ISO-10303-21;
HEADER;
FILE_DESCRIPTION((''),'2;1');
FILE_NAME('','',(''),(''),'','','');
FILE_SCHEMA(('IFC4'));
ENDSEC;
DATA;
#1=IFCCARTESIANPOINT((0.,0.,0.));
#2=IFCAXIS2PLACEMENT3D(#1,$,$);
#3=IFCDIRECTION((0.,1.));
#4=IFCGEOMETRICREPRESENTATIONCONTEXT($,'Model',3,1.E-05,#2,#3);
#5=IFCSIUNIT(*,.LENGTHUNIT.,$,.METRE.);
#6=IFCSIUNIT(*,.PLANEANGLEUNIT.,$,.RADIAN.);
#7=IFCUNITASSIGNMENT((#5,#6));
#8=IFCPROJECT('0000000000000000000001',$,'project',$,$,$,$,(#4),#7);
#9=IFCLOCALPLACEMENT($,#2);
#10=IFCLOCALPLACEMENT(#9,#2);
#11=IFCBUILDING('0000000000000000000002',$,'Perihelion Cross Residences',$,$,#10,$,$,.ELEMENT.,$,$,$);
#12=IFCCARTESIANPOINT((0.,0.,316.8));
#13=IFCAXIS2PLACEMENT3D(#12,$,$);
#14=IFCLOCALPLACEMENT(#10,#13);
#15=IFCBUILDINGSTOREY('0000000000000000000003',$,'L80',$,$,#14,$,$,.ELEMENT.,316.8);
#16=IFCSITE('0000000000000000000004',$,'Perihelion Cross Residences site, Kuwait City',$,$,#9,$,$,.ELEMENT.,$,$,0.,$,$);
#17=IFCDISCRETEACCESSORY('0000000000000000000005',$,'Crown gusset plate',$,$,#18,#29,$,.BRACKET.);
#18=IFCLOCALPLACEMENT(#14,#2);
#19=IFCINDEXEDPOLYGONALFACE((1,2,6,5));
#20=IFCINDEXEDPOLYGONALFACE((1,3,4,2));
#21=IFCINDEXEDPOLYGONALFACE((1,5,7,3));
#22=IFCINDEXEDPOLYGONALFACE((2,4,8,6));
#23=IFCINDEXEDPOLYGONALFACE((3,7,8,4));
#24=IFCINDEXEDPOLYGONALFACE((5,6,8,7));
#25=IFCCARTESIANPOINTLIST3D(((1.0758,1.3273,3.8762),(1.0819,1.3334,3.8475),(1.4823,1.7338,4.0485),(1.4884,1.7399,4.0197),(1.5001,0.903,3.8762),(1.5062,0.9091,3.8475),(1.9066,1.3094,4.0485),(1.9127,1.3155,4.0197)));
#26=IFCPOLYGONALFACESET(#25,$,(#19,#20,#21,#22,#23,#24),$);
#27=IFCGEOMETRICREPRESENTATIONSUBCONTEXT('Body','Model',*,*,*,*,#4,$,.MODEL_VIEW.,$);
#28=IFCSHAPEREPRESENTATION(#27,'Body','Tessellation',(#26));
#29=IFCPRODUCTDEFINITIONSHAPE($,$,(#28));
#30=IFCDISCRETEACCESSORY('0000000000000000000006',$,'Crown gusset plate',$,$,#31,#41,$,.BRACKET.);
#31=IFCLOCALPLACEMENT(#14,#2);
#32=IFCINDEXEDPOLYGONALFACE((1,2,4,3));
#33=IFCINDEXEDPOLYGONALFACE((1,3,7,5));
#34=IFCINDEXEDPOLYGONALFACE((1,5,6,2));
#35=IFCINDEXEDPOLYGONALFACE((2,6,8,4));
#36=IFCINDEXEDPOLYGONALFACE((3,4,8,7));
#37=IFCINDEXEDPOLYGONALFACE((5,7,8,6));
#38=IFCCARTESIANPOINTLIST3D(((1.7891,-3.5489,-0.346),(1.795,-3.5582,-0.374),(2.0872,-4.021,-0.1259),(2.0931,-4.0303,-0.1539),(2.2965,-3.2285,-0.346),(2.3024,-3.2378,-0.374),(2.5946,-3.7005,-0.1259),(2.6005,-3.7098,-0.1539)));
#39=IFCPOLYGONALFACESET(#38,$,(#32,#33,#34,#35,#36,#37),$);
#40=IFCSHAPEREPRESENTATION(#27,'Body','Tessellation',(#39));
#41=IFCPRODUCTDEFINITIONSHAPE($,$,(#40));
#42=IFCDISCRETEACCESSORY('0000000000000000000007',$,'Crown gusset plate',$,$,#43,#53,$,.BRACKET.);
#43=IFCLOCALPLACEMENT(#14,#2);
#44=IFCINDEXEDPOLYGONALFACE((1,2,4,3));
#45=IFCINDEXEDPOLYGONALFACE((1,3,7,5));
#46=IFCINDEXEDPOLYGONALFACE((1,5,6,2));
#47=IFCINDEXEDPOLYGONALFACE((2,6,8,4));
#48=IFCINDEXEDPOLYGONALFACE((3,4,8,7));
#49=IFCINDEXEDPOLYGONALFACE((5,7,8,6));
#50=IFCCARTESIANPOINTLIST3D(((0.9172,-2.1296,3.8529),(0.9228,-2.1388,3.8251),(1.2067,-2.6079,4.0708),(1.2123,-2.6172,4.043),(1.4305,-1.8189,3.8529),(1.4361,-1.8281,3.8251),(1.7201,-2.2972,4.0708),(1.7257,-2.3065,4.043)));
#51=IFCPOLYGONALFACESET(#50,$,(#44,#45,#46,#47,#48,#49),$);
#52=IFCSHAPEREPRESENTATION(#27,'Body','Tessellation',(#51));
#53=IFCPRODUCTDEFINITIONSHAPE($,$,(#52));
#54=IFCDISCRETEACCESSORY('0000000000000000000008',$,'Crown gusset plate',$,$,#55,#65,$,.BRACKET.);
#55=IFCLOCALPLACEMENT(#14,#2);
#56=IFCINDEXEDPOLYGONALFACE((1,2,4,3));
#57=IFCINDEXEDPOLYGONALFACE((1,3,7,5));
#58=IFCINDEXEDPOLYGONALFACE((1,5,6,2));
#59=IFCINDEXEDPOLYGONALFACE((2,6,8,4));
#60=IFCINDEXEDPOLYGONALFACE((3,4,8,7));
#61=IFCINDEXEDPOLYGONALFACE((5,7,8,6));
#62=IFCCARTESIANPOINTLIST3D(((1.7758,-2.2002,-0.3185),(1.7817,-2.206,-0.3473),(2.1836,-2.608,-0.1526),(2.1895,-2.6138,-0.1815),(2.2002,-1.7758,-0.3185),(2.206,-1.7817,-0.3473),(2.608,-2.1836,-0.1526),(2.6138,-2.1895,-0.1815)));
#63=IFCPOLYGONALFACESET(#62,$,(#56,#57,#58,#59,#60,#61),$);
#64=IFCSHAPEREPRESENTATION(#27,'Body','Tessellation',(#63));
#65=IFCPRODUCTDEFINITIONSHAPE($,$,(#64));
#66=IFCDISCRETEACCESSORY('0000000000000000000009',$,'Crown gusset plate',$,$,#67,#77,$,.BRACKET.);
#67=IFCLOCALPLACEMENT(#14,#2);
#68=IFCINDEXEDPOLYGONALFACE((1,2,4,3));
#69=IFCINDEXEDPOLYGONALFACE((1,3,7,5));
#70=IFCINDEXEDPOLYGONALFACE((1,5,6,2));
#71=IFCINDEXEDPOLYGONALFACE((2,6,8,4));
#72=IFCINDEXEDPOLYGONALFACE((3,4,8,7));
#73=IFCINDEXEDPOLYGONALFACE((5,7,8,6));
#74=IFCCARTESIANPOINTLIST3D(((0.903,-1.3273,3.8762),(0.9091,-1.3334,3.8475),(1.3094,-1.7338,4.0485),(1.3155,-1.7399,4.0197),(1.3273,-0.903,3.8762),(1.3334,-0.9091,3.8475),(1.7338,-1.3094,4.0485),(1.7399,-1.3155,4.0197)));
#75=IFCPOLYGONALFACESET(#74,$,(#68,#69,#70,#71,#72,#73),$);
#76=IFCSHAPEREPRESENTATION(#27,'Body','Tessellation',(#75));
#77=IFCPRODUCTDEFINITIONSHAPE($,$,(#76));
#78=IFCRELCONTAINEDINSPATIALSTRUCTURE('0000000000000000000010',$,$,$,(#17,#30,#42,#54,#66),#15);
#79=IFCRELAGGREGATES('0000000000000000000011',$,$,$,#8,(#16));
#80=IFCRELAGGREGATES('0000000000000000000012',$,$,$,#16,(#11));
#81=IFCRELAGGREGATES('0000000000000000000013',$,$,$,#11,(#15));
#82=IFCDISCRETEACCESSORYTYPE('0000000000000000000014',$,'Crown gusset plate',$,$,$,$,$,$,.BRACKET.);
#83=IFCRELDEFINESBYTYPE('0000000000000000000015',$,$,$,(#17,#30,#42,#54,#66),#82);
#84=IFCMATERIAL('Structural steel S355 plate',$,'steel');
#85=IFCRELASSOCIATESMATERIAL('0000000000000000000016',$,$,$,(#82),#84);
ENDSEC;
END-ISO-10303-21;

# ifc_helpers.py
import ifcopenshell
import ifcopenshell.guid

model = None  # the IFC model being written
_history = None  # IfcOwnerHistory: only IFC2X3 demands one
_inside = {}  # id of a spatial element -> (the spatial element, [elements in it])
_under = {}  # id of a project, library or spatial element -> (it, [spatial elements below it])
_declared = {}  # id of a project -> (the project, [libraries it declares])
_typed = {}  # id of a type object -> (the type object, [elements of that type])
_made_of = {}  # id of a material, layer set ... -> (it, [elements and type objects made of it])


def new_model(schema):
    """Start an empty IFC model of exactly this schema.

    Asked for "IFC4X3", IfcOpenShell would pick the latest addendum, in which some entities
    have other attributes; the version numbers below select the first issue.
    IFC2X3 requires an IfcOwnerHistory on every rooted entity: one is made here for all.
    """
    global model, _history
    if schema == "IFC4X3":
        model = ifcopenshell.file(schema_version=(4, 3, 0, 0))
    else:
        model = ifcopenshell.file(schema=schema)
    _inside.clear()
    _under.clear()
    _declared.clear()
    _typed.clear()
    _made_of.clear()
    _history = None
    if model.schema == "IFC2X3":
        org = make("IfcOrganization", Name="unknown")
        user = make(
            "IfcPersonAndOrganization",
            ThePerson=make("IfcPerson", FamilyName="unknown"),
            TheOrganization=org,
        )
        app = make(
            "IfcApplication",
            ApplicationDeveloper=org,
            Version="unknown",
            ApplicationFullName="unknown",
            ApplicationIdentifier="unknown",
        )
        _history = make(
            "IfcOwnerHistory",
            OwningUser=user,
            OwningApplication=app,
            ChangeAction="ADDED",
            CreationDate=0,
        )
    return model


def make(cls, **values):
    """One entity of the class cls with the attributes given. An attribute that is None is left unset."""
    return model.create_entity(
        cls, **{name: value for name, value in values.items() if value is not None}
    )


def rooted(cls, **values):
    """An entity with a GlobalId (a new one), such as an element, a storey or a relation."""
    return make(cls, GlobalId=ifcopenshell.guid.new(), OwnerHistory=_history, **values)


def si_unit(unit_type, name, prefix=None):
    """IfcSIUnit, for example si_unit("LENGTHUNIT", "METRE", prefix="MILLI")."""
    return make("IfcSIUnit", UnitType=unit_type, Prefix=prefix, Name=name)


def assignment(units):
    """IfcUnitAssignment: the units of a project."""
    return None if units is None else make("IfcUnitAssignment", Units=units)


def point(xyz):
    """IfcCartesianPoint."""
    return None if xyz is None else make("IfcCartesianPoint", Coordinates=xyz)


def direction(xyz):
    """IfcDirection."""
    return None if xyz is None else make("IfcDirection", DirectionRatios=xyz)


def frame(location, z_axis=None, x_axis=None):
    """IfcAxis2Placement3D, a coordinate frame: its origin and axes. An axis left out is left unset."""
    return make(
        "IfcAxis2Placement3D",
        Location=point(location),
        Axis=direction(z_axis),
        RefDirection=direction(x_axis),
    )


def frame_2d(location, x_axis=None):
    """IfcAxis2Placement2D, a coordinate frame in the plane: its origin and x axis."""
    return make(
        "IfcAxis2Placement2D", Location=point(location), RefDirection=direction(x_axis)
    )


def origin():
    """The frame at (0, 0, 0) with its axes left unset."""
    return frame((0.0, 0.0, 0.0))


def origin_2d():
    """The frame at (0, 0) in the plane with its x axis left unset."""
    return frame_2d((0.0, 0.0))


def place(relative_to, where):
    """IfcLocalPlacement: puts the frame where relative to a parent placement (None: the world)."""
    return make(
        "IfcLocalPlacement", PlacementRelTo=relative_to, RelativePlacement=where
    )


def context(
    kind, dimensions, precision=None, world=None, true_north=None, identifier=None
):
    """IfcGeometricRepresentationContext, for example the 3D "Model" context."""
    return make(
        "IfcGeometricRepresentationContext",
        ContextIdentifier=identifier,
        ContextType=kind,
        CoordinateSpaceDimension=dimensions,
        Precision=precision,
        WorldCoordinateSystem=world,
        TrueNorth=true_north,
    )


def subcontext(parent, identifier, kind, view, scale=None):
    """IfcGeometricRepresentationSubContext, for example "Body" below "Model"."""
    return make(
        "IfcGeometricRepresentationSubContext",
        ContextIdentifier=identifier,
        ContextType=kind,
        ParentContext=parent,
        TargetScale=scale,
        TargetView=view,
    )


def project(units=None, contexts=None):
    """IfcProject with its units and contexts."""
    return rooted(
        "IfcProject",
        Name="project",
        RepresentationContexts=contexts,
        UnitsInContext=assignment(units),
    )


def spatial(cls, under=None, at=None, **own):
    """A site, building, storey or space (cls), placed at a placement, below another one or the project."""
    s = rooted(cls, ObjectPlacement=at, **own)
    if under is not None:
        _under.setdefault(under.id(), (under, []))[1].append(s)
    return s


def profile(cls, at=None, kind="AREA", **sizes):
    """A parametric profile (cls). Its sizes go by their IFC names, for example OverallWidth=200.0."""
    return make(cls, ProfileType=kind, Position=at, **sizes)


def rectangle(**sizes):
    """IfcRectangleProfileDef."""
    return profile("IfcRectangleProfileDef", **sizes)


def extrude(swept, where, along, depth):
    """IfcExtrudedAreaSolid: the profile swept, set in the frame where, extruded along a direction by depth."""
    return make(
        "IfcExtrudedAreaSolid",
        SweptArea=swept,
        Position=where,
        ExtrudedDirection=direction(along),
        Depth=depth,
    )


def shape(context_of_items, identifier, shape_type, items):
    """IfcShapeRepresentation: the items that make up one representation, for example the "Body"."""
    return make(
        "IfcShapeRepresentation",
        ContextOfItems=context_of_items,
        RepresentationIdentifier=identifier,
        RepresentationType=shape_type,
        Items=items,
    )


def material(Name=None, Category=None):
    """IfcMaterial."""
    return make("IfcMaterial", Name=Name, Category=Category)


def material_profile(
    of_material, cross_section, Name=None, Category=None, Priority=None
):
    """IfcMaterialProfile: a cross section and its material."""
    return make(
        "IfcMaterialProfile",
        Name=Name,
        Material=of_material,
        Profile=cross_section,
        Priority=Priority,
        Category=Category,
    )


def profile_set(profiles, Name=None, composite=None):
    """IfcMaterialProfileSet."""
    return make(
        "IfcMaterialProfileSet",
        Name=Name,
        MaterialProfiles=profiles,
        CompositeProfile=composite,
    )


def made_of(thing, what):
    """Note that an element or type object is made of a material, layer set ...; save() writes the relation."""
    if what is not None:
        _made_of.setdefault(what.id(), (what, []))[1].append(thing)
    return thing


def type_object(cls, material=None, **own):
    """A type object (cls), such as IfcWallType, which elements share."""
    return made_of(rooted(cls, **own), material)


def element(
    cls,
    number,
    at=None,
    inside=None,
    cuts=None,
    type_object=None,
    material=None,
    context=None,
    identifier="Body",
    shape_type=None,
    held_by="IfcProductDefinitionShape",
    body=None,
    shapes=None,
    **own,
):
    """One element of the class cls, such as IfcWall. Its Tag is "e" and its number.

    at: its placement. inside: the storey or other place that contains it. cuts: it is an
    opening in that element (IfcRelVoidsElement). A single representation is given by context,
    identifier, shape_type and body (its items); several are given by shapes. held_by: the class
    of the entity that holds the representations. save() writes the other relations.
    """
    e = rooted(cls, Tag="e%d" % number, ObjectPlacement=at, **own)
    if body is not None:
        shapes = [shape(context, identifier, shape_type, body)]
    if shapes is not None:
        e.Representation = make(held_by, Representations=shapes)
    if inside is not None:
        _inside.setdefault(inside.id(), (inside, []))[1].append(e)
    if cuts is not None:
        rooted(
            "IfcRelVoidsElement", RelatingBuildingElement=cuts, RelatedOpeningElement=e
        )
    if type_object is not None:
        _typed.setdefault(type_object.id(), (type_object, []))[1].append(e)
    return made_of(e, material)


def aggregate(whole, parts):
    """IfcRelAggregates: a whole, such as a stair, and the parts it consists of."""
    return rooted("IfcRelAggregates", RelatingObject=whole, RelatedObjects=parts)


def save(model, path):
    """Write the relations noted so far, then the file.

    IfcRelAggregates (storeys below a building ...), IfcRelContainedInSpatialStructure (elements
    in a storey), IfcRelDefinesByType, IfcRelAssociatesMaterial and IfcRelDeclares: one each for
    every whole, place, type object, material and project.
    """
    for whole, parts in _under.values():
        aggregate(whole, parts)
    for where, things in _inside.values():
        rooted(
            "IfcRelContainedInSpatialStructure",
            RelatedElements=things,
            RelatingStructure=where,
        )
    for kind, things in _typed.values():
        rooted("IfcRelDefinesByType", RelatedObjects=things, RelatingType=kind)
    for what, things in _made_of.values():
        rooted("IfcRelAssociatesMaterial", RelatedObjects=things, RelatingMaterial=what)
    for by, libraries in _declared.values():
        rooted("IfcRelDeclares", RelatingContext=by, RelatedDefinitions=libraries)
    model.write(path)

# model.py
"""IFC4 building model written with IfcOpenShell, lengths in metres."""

from ifc_helpers import new_model, si_unit, direction, frame, origin, origin_2d, place, context, subcontext, project, spatial, rectangle, extrude, material, material_profile, profile_set, type_object, element, save


model = new_model("IFC4")

# Units and contexts
model_context = context("Model", 3, precision=1e-05, world=origin(), true_north=direction((0.0, 1.0)))
body_context = subcontext(model_context, "Body", "Model", "MODEL_VIEW")
ifc_project = project(units=[si_unit("LENGTHUNIT", "METRE"), si_unit("PLANEANGLEUNIT", "RADIAN")], contexts=[model_context])

# Site, building, storey
site_placement = place(None, origin())
site = spatial("IfcSite", under=ifc_project, at=site_placement, Name="Perihelion Cross Residences site, Kuwait City", CompositionType="ELEMENT", RefElevation=0.0)
building_placement = place(site_placement, origin())
building = spatial("IfcBuilding", under=site, at=building_placement, Name="Perihelion Cross Residences", CompositionType="ELEMENT")
storey_placement = place(building_placement, frame((0.0, 0.0, 316.8)))
storey = spatial("IfcBuildingStorey", under=building, at=storey_placement, Name="L80", CompositionType="ELEMENT", Elevation=316.8)

# Discrete accessories
ifc_material_1 = material(Name="Structural steel S355 plate", Category="steel")
ifc_material_profile_1 = material_profile(ifc_material_1, rectangle(XDim=0.6001, YDim=0.6001, at=origin_2d()), Name="Crown gusset plate")
ifc_profile_set_1 = profile_set([ifc_material_profile_1], Name="Structural steel S355 plate")
discrete_accessory_type_1 = type_object("IfcDiscreteAccessoryType", Name="Crown gusset plate", PredefinedType="BRACKET", material=ifc_profile_set_1)
for number, where, z_axis, x_axis, name in (
    (1, (1.4973, 1.3245, 3.9336), (-0.20295, -0.20295, 0.957926), (0.707107, -0.707107, 0.0), "Crown gusset plate"),
    (2, (2.1978, -3.634, -0.2639), (-0.195855, 0.310103, 0.93031), (-0.845489, -0.533993, 0.0), "Crown gusset plate"),
):
    element("IfcDiscreteAccessory", number, at=place(storey_placement, frame(where, z_axis=z_axis, x_axis=x_axis)), inside=storey, type_object=discrete_accessory_type_1, Name=name, PredefinedType="BRACKET", context=body_context, shape_type="SweptSolid", body=[
        extrude(rectangle(XDim=0.6001, YDim=0.6001, at=origin_2d()), origin(), (0.0, 0.0, 1.0), 0.03),
    ])
discrete_accessory_1_placement = place(storey_placement, frame((1.3242, -2.2227, 3.9341), z_axis=(-0.187989, 0.31059, 0.931769), x_axis=(-0.8555, -0.517803, 0.0)))
element("IfcDiscreteAccessory", 3, at=discrete_accessory_1_placement, inside=storey, type_object=discrete_accessory_type_1, Name="Crown gusset plate", PredefinedType="BRACKET", context=body_context, shape_type="SweptSolid", body=[
    extrude(rectangle(XDim=0.6001, YDim=0.6001, at=origin_2d()), origin(), (0.0, 0.0, 1.0), 0.0298),
])
for number, where, z_axis, x_axis, name in (
    (4, (2.1978, -2.1978, -0.2644), (-0.195465, 0.195465, 0.961034), (-0.707107, -0.707107, 0.0), "Crown gusset plate"),
    (5, (1.3245, -1.3245, 3.9336), (-0.20295, 0.20295, 0.957926), (-0.707107, -0.707107, 0.0), "Crown gusset plate"),
):
    element("IfcDiscreteAccessory", number, at=place(storey_placement, frame(where, z_axis=z_axis, x_axis=x_axis)), inside=storey, type_object=discrete_accessory_type_1, Name=name, PredefinedType="BRACKET", context=body_context, shape_type="SweptSolid", body=[
        extrude(rectangle(XDim=0.6001, YDim=0.6001, at=origin_2d()), origin(), (0.0, 0.0, 1.0), 0.03),
    ])

save(model, "model.ifc")
